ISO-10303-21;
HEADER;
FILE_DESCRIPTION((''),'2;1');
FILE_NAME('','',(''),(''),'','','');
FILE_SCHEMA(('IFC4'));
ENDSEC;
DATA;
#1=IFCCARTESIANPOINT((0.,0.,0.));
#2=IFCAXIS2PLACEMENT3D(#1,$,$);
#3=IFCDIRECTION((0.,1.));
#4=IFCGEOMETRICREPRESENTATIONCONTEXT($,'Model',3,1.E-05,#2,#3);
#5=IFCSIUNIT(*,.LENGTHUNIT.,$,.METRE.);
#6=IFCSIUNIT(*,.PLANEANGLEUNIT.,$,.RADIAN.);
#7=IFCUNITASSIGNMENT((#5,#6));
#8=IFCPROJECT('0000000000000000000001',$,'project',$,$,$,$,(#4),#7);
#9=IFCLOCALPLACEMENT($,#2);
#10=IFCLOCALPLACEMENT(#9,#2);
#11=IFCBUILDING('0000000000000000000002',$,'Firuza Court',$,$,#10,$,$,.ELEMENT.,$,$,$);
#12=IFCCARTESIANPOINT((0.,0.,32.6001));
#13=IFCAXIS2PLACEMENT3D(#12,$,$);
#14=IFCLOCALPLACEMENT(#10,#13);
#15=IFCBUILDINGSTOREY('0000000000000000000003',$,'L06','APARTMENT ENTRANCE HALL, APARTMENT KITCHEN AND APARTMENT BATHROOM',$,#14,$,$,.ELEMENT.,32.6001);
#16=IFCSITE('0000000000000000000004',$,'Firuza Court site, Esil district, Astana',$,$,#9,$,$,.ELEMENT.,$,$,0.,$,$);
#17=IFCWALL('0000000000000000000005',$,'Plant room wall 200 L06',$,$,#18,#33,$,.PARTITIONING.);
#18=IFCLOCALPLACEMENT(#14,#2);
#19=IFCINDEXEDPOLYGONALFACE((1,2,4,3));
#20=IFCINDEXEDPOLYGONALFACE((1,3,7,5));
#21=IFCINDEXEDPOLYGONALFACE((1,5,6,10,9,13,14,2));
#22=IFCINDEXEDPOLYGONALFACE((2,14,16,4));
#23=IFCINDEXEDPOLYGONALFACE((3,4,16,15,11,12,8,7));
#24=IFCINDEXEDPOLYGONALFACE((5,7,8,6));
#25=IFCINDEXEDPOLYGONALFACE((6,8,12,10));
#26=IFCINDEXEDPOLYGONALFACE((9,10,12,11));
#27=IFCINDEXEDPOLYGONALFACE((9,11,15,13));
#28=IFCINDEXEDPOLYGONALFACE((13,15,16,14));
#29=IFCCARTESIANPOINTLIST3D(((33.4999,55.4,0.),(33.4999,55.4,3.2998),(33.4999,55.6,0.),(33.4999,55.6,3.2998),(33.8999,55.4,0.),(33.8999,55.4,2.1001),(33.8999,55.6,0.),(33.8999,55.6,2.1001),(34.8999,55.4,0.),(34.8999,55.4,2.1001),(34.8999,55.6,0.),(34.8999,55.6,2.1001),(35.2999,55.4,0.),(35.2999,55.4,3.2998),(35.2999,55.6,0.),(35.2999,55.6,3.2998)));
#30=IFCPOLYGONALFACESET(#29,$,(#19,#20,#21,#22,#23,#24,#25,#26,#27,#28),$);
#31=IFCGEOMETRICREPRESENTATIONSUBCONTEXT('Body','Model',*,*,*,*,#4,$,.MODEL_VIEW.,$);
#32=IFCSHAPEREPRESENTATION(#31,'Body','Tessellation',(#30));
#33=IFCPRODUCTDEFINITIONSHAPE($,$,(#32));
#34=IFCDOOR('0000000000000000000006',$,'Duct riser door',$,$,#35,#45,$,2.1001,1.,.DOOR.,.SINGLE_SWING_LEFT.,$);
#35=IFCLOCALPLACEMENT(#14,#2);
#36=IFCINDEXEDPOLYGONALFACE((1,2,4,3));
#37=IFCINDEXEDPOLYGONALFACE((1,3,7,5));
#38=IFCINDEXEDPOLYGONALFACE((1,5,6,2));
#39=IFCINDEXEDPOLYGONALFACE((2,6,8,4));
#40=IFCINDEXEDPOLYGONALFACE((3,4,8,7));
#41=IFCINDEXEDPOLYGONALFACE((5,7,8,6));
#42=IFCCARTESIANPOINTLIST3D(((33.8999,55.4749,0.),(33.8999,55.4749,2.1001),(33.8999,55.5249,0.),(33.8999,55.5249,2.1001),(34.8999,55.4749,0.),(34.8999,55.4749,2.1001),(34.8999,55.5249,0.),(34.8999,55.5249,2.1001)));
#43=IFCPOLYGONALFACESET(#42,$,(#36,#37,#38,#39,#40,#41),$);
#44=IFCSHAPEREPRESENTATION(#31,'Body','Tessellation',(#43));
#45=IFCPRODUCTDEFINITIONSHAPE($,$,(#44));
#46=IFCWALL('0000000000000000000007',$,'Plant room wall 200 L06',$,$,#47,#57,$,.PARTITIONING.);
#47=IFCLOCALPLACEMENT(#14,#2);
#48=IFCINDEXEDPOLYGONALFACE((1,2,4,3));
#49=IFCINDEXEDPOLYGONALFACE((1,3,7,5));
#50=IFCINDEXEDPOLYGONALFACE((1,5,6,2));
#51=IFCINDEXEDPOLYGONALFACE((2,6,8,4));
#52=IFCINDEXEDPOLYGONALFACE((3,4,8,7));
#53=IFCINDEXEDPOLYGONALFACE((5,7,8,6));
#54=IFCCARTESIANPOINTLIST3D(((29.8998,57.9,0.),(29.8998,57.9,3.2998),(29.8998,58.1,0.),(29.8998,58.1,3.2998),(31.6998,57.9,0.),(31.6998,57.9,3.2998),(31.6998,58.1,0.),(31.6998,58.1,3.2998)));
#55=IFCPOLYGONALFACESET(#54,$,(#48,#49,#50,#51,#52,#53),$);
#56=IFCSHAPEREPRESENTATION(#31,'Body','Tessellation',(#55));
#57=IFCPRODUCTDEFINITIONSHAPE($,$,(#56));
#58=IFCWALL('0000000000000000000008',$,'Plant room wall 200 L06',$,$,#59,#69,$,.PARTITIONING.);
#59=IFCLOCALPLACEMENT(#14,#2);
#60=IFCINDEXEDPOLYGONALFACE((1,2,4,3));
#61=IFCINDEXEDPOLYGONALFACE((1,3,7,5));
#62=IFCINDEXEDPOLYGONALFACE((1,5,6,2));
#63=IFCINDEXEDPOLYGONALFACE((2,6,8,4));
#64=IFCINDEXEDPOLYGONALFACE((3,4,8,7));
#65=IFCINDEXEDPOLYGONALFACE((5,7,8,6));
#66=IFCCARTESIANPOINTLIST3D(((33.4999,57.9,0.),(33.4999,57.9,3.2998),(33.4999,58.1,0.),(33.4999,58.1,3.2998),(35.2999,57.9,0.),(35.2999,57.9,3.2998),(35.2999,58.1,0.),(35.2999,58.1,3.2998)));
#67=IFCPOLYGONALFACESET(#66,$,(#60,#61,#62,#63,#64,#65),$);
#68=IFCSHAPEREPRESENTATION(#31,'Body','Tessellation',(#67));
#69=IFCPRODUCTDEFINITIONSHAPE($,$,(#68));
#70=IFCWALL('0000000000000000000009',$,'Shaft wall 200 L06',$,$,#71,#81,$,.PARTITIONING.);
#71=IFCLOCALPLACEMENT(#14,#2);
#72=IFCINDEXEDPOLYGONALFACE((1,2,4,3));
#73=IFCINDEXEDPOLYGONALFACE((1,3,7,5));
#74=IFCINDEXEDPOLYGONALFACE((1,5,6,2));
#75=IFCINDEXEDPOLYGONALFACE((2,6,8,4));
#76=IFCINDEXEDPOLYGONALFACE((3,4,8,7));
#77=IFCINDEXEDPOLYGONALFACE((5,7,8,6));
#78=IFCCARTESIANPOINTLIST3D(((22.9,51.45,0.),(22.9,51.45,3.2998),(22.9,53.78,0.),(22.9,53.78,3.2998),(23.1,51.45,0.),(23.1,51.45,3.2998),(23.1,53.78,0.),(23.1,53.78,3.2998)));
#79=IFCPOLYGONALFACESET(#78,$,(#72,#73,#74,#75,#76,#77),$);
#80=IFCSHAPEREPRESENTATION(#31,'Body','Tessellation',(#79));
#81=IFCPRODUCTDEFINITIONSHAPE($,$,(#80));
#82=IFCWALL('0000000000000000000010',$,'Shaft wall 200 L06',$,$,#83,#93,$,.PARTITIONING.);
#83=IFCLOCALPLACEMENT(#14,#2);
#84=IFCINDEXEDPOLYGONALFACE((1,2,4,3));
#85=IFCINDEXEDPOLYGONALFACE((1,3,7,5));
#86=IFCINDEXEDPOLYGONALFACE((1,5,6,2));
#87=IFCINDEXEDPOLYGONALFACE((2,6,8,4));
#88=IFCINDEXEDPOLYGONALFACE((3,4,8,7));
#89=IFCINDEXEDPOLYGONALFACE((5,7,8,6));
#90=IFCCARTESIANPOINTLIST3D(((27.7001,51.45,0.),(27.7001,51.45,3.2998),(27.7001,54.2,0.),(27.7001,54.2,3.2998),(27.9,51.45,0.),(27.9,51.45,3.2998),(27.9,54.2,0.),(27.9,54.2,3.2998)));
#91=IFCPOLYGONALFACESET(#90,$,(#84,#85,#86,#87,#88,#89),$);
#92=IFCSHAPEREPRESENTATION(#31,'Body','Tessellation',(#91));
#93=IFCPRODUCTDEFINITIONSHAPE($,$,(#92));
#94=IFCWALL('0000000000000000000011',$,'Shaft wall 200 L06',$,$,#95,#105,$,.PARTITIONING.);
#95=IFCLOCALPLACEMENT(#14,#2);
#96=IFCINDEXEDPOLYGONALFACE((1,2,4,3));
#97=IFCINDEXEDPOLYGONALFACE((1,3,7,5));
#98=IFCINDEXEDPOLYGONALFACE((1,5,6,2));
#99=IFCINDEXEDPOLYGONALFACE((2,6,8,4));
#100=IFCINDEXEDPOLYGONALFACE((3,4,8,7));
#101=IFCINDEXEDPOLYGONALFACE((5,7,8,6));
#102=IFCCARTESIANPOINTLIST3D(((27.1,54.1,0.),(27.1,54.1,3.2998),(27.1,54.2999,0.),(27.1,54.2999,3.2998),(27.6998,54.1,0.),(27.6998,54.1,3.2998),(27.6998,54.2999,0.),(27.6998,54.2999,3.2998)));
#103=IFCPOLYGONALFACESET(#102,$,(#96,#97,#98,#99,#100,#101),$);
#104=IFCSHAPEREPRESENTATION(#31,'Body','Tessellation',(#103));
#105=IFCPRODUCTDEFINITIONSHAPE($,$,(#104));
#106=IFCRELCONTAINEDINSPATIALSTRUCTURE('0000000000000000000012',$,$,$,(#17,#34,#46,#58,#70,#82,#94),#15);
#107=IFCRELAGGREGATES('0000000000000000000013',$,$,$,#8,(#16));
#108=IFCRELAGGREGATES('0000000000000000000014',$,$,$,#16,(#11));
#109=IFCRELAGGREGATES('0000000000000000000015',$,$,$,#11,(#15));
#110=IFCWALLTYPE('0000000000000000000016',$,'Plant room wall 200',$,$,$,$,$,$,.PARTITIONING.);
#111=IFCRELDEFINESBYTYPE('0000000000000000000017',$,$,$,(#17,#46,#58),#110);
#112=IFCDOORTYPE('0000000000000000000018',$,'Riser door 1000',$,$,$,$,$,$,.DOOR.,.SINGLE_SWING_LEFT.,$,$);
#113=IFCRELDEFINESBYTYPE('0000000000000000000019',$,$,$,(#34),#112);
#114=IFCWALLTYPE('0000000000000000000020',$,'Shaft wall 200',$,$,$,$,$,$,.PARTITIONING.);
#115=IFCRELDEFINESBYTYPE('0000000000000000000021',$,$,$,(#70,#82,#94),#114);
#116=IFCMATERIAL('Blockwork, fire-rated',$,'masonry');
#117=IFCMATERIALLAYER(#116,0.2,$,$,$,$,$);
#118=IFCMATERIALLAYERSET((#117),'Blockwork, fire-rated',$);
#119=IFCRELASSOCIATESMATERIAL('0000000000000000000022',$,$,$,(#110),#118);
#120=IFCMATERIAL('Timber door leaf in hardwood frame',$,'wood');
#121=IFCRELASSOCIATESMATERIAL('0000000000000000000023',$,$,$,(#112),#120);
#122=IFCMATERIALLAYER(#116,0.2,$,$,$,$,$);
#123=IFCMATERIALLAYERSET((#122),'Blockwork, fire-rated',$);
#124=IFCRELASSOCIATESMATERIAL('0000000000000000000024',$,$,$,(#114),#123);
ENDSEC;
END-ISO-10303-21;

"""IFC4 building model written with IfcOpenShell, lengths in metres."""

from ifc_helpers import new_model, si_unit, direction, frame, frame_2d, origin, place, context, subcontext, project, spatial, rectangle, extrude, material, layer, layer_set, type_object, element, fill, save


model = new_model("IFC4")

# Units and contexts
model_context = context("Model", 3, precision=1e-05, world=origin(), true_north=direction((0.0, 1.0)))
body_context = subcontext(model_context, "Body", "Model", "MODEL_VIEW")
ifc_project = project(units=[si_unit("LENGTHUNIT", "METRE"), si_unit("PLANEANGLEUNIT", "RADIAN")], contexts=[model_context])

# Site, building, storey
site_placement = place(None, origin())
site = spatial("IfcSite", under=ifc_project, at=site_placement, Name="Firuza Court site, Esil district, Astana", CompositionType="ELEMENT", RefElevation=0.0)
building_placement = place(site_placement, origin())
building = spatial("IfcBuilding", under=site, at=building_placement, Name="Firuza Court", CompositionType="ELEMENT")
storey_placement = place(building_placement, frame((0.0, 0.0, 32.6001)))
storey = spatial("IfcBuildingStorey", under=building, at=storey_placement, Name="L06", Description="APARTMENT ENTRANCE HALL, APARTMENT KITCHEN AND APARTMENT BATHROOM", CompositionType="ELEMENT", Elevation=32.6001)

# Shared definitions
ifc_material_1 = material(Name="Blockwork, fire-rated", Category="masonry")
ifc_layer_1 = layer(ifc_material_1, 0.2)
ifc_layer_set_1 = layer_set([ifc_layer_1], Name="Blockwork, fire-rated")
wall_type_1 = type_object("IfcWallType", Name="Plant room wall 200", PredefinedType="PARTITIONING", material=ifc_layer_set_1)

# Shared definitions
ifc_material_2 = material(Name="Timber door leaf in hardwood frame", Category="wood")
door_type_1 = type_object("IfcDoorType", Name="Riser door 1000", OperationType="SINGLE_SWING_LEFT", PredefinedType="DOOR", material=ifc_material_2)

# Wall, opening, door
wall_1_placement = place(storey_placement, frame((33.5, 55.5, 0.0), z_axis=(0.0, 0.0, 1.0), x_axis=(1.0, 0.0, 0.0)))
wall_1 = element("IfcWall", 1, at=wall_1_placement, inside=storey, type_object=wall_type_1, Name="Plant room wall 200 L06", PredefinedType="PARTITIONING", context=body_context, shape_type="SweptSolid", body=[
    extrude(rectangle(XDim=1.8, YDim=0.2, at=frame_2d((0.8999, 0.0))), origin(), (0.0, 0.0, 1.0), 3.2998),
])
opening_1_placement = place(wall_1_placement, frame((0.3999, 0.0, 0.0)))
opening_1 = element("IfcOpeningElement", 2, at=opening_1_placement, cuts=wall_1, PredefinedType="OPENING", context=body_context, shape_type="SweptSolid", body=[
    extrude(rectangle(XDim=1.0, YDim=2.1001, at=frame_2d((0.5, 1.05))), frame((0.0, 0.1118, 0.0), z_axis=(0.0, -1.0, 0.0), x_axis=(1.0, 0.0, 0.0)), (0.0, 0.0, 1.0), 0.2239),
])
door_1_placement = place(opening_1_placement, origin())
door_1 = element("IfcDoor", 3, at=door_1_placement, inside=storey, type_object=door_type_1, Name="Duct riser door", OperationType="SINGLE_SWING_LEFT", OverallHeight=2.1001, OverallWidth=1.0, PredefinedType="DOOR", context=body_context, shape_type="SweptSolid", body=[
    extrude(rectangle(XDim=1.0, YDim=2.1001, at=frame_2d((0.5, 1.05))), frame((0.0, 0.0249, 0.0), z_axis=(0.0, -1.0, 0.0), x_axis=(1.0, 0.0, 0.0)), (0.0, 0.0, 1.0), 0.05),
])
fill(opening_1, door_1)

# Walls
for number, where, z_axis, x_axis, name in (
    (4, (29.8999, 58.0, 0.0), (0.0, 0.0, 1.0), (1.0, 0.0, 0.0), "Plant room wall 200 L06"),
    (5, (33.5, 58.0, 0.0), (0.0, 0.0, 1.0), (1.0, 0.0, 0.0), "Plant room wall 200 L06"),
):
    element("IfcWall", number, at=place(storey_placement, frame(where, z_axis=z_axis, x_axis=x_axis)), inside=storey, type_object=wall_type_1, Name=name, PredefinedType="PARTITIONING", context=body_context, shape_type="SweptSolid", body=[
        extrude(rectangle(XDim=1.8, YDim=0.2, at=frame_2d((0.8999, 0.0))), origin(), (0.0, 0.0, 1.0), 3.2998),
    ])
ifc_layer_2 = layer(ifc_material_1, 0.2)
ifc_layer_set_2 = layer_set([ifc_layer_2], Name="Blockwork, fire-rated")
wall_type_2 = type_object("IfcWallType", Name="Shaft wall 200", PredefinedType="PARTITIONING", material=ifc_layer_set_2)
wall_2_placement = place(storey_placement, frame((23.0, 51.45, 0.0), z_axis=(0.0, 0.0, 1.0), x_axis=(0.0, 1.0, 0.0)))
element("IfcWall", 6, at=wall_2_placement, inside=storey, type_object=wall_type_2, Name="Shaft wall 200 L06", PredefinedType="PARTITIONING", context=body_context, shape_type="SweptSolid", body=[
    extrude(rectangle(XDim=2.3301, YDim=0.2, at=frame_2d((1.165, 0.0))), origin(), (0.0, 0.0, 1.0), 3.2998),
])
wall_3_placement = place(storey_placement, frame((27.8, 51.45, 0.0), z_axis=(0.0, 0.0, 1.0), x_axis=(0.0, 1.0, 0.0)))
element("IfcWall", 7, at=wall_3_placement, inside=storey, type_object=wall_type_2, Name="Shaft wall 200 L06", PredefinedType="PARTITIONING", context=body_context, shape_type="SweptSolid", body=[
    extrude(rectangle(XDim=2.75, YDim=0.2, at=frame_2d((1.375, 0.0))), origin(), (0.0, 0.0, 1.0), 3.2998),
])
wall_4_placement = place(storey_placement, frame((27.1001, 54.2, 0.0), z_axis=(0.0, 0.0, 1.0), x_axis=(1.0, 0.0, 0.0)))
element("IfcWall", 8, at=wall_4_placement, inside=storey, type_object=wall_type_2, Name="Shaft wall 200 L06", PredefinedType="PARTITIONING", context=body_context, shape_type="SweptSolid", body=[
    extrude(rectangle(XDim=0.5999, YDim=0.2, at=frame_2d((0.2998, 0.0))), origin(), (0.0, 0.0, 1.0), 3.2998),
])

save(model, "model.ifc")
